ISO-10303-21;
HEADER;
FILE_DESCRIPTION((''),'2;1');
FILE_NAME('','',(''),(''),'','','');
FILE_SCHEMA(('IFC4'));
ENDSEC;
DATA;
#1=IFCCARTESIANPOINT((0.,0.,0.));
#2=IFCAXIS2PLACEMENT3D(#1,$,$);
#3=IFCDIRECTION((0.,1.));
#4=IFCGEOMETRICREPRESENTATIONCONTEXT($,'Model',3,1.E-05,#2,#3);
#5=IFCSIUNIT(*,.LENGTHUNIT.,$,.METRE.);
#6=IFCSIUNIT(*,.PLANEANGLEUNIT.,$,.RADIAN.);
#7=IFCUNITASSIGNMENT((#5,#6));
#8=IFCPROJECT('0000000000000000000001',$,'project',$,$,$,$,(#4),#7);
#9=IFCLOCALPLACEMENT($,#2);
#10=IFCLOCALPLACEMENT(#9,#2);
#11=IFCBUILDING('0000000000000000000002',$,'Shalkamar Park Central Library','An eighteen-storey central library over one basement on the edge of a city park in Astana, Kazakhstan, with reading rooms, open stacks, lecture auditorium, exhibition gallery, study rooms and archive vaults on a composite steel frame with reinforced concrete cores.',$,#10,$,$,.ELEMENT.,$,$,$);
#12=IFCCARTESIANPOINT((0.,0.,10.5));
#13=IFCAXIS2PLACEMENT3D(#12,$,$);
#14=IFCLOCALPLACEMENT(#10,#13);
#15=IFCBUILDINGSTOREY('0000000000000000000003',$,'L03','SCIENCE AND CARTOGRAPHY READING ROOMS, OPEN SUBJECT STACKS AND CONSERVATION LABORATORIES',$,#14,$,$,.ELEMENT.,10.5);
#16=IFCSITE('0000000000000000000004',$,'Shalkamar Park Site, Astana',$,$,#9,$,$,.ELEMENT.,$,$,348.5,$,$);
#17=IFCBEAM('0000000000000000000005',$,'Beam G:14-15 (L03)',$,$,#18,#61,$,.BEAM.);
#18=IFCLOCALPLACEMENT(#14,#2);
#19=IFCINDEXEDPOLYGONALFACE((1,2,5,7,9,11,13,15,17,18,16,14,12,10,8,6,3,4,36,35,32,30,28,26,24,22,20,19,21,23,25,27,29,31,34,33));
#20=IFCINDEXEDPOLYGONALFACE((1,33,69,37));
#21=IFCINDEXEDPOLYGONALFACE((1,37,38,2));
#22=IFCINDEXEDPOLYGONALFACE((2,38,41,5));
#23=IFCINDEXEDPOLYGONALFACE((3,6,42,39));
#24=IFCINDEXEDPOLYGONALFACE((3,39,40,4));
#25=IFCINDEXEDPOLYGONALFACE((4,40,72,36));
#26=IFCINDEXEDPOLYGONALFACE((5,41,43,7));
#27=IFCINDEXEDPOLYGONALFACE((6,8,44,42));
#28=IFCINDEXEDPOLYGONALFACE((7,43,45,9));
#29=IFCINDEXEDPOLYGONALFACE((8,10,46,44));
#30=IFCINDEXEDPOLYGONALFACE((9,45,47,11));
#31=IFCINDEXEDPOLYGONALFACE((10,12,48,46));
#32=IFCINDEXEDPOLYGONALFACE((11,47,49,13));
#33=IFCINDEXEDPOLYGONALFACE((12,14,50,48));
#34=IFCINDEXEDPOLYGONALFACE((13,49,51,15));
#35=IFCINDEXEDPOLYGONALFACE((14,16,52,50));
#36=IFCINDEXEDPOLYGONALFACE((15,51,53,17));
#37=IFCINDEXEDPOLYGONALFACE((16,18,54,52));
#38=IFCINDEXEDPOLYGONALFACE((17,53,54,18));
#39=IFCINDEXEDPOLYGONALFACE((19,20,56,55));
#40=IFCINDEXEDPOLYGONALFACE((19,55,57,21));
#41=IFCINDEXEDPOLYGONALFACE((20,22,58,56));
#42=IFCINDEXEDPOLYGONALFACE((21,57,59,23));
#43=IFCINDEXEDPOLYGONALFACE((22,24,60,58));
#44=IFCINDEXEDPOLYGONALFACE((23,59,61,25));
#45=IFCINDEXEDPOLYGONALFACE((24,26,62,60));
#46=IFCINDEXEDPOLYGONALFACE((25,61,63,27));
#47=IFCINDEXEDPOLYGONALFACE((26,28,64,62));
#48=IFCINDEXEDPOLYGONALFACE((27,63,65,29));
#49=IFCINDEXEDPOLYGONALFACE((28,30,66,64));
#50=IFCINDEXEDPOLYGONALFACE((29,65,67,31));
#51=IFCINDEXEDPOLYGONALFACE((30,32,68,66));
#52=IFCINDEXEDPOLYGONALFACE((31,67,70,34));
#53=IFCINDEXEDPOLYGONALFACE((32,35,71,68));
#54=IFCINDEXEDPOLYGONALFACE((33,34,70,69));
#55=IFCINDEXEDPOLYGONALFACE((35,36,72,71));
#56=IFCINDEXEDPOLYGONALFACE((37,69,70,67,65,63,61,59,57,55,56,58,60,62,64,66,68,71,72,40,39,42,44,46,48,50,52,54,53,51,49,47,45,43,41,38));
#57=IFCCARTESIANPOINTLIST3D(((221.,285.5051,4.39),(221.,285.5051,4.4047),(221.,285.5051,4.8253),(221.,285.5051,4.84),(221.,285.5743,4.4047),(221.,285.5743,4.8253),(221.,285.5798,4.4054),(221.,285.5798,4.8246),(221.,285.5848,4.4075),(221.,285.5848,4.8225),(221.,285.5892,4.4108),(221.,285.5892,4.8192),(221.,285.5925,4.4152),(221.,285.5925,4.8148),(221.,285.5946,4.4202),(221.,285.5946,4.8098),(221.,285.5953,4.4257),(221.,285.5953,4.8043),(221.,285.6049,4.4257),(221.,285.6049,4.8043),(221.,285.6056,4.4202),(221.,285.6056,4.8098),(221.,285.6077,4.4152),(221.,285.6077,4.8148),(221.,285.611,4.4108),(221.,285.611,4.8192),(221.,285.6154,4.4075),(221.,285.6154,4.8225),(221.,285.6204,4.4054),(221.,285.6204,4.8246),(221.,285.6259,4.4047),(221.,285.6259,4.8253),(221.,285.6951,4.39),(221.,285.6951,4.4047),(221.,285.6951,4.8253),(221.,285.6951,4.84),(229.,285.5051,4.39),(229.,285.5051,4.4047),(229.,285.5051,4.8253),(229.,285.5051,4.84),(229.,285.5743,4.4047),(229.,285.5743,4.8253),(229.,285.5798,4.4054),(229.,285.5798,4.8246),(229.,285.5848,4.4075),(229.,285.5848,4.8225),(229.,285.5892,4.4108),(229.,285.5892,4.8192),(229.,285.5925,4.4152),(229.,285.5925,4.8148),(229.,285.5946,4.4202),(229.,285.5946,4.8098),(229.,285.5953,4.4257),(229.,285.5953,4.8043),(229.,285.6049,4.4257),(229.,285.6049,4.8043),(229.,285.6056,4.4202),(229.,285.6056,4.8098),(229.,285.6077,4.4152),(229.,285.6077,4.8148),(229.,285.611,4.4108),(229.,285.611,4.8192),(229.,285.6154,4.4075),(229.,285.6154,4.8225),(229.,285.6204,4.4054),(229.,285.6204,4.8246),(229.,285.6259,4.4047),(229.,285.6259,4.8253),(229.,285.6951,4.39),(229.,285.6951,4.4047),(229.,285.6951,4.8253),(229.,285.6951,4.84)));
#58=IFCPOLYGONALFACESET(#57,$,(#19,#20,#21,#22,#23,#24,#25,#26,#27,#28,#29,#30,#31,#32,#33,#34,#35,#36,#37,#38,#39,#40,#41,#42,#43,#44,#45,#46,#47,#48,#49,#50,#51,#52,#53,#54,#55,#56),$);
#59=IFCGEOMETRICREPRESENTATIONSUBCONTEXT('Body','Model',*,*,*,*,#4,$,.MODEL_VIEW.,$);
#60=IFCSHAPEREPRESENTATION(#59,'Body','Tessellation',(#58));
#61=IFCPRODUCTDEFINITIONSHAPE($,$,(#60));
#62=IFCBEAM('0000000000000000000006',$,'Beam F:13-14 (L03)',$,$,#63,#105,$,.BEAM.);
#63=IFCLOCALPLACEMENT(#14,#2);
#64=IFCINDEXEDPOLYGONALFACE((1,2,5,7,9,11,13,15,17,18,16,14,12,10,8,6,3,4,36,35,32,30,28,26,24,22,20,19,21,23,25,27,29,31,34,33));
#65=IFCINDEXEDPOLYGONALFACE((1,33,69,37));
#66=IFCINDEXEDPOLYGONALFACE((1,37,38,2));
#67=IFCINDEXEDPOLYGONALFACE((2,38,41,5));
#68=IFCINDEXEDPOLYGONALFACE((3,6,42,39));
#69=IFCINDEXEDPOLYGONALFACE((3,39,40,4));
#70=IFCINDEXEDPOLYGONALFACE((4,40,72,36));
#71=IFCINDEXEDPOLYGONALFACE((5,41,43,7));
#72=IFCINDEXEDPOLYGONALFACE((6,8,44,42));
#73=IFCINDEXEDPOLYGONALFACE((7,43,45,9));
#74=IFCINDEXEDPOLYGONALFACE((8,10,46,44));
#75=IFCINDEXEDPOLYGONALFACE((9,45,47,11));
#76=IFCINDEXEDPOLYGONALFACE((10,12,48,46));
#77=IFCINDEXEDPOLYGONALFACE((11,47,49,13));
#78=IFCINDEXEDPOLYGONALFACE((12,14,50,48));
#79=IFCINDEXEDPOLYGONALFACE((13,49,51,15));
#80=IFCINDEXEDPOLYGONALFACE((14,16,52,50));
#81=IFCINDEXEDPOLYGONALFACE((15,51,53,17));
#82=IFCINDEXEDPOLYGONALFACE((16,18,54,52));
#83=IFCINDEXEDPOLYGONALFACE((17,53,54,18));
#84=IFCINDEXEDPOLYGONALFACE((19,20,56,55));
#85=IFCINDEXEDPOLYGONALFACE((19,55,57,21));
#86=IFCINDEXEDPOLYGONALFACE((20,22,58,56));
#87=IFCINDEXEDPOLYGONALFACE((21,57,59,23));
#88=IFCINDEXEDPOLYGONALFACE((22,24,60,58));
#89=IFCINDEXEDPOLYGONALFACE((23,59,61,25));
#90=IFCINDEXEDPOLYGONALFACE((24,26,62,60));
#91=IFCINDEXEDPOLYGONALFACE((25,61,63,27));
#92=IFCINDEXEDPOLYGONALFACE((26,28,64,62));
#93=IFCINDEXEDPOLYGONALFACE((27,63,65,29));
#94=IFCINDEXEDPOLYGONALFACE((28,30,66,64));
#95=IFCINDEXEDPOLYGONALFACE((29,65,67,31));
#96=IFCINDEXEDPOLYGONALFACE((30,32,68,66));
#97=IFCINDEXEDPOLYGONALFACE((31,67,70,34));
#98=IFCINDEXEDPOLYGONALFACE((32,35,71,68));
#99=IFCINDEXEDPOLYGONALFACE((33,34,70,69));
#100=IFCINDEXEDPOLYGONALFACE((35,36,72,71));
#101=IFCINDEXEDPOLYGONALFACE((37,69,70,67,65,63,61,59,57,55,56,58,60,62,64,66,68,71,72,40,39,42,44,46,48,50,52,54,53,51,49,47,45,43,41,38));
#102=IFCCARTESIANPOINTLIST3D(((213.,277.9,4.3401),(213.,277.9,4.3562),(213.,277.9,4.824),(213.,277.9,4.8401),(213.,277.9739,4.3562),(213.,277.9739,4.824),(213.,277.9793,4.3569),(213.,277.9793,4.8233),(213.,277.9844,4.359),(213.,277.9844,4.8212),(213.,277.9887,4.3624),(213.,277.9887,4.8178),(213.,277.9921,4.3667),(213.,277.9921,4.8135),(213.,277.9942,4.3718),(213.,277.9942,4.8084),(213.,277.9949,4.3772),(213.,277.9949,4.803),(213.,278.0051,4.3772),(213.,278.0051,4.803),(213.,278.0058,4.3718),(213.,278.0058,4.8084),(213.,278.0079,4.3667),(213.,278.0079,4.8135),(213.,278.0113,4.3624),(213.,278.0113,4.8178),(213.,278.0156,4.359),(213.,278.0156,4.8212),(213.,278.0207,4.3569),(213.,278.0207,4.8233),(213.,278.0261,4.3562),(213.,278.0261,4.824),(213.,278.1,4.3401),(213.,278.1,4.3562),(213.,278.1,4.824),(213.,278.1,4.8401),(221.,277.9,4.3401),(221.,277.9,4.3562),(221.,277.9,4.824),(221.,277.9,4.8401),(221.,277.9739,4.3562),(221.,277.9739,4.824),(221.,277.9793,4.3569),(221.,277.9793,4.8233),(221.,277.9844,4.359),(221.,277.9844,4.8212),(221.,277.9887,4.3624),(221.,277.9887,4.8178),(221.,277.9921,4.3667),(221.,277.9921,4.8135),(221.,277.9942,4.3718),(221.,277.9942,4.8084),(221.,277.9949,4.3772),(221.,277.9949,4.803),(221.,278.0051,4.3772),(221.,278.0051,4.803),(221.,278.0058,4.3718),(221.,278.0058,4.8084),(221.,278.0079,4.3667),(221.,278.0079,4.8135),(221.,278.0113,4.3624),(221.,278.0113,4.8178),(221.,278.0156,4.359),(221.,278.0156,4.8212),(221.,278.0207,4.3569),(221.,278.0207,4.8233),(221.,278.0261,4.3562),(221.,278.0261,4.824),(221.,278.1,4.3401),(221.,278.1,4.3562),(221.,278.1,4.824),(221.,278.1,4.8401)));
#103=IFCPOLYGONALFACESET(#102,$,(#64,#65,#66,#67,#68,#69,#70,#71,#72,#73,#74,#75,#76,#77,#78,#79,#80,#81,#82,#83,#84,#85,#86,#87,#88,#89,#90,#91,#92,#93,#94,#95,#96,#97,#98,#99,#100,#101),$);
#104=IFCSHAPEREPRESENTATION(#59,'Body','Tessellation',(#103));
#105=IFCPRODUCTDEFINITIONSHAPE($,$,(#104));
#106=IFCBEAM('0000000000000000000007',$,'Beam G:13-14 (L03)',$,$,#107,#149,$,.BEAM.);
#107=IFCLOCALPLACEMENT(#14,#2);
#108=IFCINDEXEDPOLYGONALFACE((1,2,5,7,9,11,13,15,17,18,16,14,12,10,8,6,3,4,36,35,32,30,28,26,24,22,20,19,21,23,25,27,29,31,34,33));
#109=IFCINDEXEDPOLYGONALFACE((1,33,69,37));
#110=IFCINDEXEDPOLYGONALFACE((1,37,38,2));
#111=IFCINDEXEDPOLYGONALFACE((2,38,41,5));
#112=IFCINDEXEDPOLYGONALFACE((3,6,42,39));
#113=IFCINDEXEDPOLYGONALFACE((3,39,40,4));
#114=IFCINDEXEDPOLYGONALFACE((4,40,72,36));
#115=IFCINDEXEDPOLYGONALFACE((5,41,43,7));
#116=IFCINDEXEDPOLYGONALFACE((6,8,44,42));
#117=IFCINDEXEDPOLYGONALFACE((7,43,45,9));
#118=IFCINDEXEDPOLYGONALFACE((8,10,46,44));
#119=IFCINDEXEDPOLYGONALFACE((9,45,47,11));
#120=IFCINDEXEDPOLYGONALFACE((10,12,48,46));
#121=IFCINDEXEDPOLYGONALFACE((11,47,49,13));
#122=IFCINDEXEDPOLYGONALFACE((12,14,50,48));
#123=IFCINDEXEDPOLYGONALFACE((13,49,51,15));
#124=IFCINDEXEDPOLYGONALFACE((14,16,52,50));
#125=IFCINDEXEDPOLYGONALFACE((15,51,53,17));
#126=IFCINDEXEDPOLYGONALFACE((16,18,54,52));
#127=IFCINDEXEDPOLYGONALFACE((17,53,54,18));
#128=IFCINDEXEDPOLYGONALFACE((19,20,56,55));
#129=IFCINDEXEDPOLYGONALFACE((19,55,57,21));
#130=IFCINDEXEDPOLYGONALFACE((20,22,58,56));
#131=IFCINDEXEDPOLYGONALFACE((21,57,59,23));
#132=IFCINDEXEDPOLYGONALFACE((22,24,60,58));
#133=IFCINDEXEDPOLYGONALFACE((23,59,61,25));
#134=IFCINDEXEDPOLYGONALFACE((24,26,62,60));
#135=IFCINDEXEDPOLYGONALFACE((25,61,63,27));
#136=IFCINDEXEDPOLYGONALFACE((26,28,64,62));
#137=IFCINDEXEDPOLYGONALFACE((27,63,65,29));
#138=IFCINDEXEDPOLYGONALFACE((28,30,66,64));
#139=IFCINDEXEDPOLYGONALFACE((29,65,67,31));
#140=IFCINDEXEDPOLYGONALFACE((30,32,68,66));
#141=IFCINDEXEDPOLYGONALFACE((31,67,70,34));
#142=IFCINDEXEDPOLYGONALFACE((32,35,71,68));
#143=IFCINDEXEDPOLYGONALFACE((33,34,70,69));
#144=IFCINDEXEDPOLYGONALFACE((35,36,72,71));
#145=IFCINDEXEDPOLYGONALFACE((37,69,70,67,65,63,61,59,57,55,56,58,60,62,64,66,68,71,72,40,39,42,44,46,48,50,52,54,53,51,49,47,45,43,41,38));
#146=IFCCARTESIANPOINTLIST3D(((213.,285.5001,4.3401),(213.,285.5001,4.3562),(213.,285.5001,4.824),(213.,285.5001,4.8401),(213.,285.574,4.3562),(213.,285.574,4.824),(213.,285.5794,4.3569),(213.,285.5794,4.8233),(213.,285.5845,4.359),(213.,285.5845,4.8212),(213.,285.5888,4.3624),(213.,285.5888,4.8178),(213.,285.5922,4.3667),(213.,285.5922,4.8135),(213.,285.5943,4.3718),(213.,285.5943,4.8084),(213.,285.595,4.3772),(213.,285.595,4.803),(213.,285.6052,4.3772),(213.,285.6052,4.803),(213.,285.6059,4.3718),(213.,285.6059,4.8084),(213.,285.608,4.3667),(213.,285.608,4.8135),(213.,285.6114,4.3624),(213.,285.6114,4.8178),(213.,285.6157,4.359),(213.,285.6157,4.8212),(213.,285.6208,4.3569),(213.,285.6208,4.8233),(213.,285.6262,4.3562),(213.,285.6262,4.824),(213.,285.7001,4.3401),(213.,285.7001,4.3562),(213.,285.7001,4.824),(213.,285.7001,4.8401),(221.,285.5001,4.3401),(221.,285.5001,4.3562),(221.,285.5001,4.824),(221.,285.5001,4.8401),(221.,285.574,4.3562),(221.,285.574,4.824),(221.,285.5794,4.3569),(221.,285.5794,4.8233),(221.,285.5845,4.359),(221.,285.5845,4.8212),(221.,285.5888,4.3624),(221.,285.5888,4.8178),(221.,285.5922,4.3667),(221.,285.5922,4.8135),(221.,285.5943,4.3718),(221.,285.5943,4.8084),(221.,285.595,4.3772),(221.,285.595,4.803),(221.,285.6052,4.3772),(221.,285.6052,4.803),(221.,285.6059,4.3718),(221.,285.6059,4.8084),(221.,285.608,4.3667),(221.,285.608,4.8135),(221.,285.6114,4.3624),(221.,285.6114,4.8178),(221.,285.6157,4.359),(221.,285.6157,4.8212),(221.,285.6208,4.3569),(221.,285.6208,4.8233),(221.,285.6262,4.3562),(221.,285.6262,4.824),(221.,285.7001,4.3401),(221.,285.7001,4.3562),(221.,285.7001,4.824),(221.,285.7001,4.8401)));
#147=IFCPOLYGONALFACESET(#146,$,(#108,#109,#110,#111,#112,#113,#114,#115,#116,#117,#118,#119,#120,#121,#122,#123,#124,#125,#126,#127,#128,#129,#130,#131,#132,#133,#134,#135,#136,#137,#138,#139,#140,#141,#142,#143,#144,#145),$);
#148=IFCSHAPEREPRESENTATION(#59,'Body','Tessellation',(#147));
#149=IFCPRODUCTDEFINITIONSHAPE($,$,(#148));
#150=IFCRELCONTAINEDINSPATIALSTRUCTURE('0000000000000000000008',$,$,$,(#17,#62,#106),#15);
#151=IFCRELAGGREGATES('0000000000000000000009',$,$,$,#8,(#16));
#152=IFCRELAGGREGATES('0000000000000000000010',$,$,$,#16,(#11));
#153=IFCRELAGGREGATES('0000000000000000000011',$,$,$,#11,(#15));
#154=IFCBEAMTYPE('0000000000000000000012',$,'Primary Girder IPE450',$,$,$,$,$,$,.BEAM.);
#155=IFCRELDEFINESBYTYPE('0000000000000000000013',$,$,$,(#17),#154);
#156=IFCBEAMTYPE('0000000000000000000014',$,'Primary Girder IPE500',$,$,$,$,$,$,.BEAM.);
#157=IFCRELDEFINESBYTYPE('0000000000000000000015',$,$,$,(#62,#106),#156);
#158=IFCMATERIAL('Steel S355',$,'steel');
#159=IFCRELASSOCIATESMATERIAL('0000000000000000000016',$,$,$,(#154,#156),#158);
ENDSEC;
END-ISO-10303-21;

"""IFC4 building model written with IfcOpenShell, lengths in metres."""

from ifc_helpers import new_model, si_unit, direction, frame, origin, origin_2d, place, context, subcontext, project, spatial, i_section, extrude, material, material_profile, profile_set, type_object, element, save


model = new_model("IFC4")

# Units and contexts
model_context = context("Model", 3, precision=1e-05, world=origin(), true_north=direction((0.0, 1.0)))
body_context = subcontext(model_context, "Body", "Model", "MODEL_VIEW")
ifc_project = project(units=[si_unit("LENGTHUNIT", "METRE"), si_unit("PLANEANGLEUNIT", "RADIAN")], contexts=[model_context])

# Site, building, storey
site_placement = place(None, origin())
site = spatial("IfcSite", under=ifc_project, at=site_placement, Name="Shalkamar Park Site, Astana", CompositionType="ELEMENT", RefElevation=348.5)
building_placement = place(site_placement, origin())
building = spatial("IfcBuilding", under=site, at=building_placement, Name="Shalkamar Park Central Library", Description="An eighteen-storey central library over one basement on the edge of a city park in Astana, Kazakhstan, with reading rooms, open stacks, lecture auditorium, exhibition gallery, study rooms and archive vaults on a composite steel frame with reinforced concrete cores.", CompositionType="ELEMENT")
storey_placement = place(building_placement, frame((0.0, 0.0, 10.5)))
storey = spatial("IfcBuildingStorey", under=building, at=storey_placement, Name="L03", Description="SCIENCE AND CARTOGRAPHY READING ROOMS, OPEN SUBJECT STACKS AND CONSERVATION LABORATORIES", CompositionType="ELEMENT", Elevation=10.5)

# Shared definitions
ifc_material = material(Name="Steel S355", Category="steel")

# Beams
ifc_material_profile_1 = material_profile(ifc_material, i_section(OverallWidth=0.1899, OverallDepth=0.45, WebThickness=0.0095, FlangeThickness=0.0146, FilletRadius=0.021, at=origin_2d()), Name="IPE 450")
ifc_profile_set_1 = profile_set([ifc_material_profile_1], Name="Steel S355")
beam_type_1 = type_object("IfcBeamType", Name="Primary Girder IPE450", PredefinedType="BEAM", material=ifc_profile_set_1)
for number, where, z_axis, x_axis, name in (
    (1, (221.0, 285.6001, 4.615), (1.0, 0.0, 0.0), (0.0, 1.0, 0.0), "Beam G:14-15 (L03)"),
):
    element("IfcBeam", number, at=place(storey_placement, frame(where, z_axis=z_axis, x_axis=x_axis)), inside=storey, type_object=beam_type_1, Name=name, PredefinedType="BEAM", context=body_context, shape_type="SweptSolid", body=[
        extrude(i_section(OverallWidth=0.1899, OverallDepth=0.45, WebThickness=0.0095, FlangeThickness=0.0146, FilletRadius=0.021, at=origin_2d()), origin(), (0.0, 0.0, 1.0), 8.0),
    ])
ifc_material_profile_2 = material_profile(ifc_material, i_section(OverallWidth=0.2, OverallDepth=0.5, WebThickness=0.0103, FlangeThickness=0.0161, FilletRadius=0.021, at=origin_2d()), Name="IPE 500")
ifc_profile_set_2 = profile_set([ifc_material_profile_2], Name="Steel S355")
beam_type_2 = type_object("IfcBeamType", Name="Primary Girder IPE500", PredefinedType="BEAM", material=ifc_profile_set_2)
for number, where, z_axis, x_axis, name in (
    (2, (213.0, 278.0, 4.5901), (1.0, 0.0, 0.0), (0.0, 1.0, 0.0), "Beam F:13-14 (L03)"),
    (3, (213.0, 285.6001, 4.5901), (1.0, 0.0, 0.0), (0.0, 1.0, 0.0), "Beam G:13-14 (L03)"),
):
    element("IfcBeam", number, at=place(storey_placement, frame(where, z_axis=z_axis, x_axis=x_axis)), inside=storey, type_object=beam_type_2, Name=name, PredefinedType="BEAM", context=body_context, shape_type="SweptSolid", body=[
        extrude(i_section(OverallWidth=0.2, OverallDepth=0.5, WebThickness=0.0103, FlangeThickness=0.0161, FilletRadius=0.021, at=origin_2d()), origin(), (0.0, 0.0, 1.0), 8.0),
    ])

save(model, "model.ifc")
